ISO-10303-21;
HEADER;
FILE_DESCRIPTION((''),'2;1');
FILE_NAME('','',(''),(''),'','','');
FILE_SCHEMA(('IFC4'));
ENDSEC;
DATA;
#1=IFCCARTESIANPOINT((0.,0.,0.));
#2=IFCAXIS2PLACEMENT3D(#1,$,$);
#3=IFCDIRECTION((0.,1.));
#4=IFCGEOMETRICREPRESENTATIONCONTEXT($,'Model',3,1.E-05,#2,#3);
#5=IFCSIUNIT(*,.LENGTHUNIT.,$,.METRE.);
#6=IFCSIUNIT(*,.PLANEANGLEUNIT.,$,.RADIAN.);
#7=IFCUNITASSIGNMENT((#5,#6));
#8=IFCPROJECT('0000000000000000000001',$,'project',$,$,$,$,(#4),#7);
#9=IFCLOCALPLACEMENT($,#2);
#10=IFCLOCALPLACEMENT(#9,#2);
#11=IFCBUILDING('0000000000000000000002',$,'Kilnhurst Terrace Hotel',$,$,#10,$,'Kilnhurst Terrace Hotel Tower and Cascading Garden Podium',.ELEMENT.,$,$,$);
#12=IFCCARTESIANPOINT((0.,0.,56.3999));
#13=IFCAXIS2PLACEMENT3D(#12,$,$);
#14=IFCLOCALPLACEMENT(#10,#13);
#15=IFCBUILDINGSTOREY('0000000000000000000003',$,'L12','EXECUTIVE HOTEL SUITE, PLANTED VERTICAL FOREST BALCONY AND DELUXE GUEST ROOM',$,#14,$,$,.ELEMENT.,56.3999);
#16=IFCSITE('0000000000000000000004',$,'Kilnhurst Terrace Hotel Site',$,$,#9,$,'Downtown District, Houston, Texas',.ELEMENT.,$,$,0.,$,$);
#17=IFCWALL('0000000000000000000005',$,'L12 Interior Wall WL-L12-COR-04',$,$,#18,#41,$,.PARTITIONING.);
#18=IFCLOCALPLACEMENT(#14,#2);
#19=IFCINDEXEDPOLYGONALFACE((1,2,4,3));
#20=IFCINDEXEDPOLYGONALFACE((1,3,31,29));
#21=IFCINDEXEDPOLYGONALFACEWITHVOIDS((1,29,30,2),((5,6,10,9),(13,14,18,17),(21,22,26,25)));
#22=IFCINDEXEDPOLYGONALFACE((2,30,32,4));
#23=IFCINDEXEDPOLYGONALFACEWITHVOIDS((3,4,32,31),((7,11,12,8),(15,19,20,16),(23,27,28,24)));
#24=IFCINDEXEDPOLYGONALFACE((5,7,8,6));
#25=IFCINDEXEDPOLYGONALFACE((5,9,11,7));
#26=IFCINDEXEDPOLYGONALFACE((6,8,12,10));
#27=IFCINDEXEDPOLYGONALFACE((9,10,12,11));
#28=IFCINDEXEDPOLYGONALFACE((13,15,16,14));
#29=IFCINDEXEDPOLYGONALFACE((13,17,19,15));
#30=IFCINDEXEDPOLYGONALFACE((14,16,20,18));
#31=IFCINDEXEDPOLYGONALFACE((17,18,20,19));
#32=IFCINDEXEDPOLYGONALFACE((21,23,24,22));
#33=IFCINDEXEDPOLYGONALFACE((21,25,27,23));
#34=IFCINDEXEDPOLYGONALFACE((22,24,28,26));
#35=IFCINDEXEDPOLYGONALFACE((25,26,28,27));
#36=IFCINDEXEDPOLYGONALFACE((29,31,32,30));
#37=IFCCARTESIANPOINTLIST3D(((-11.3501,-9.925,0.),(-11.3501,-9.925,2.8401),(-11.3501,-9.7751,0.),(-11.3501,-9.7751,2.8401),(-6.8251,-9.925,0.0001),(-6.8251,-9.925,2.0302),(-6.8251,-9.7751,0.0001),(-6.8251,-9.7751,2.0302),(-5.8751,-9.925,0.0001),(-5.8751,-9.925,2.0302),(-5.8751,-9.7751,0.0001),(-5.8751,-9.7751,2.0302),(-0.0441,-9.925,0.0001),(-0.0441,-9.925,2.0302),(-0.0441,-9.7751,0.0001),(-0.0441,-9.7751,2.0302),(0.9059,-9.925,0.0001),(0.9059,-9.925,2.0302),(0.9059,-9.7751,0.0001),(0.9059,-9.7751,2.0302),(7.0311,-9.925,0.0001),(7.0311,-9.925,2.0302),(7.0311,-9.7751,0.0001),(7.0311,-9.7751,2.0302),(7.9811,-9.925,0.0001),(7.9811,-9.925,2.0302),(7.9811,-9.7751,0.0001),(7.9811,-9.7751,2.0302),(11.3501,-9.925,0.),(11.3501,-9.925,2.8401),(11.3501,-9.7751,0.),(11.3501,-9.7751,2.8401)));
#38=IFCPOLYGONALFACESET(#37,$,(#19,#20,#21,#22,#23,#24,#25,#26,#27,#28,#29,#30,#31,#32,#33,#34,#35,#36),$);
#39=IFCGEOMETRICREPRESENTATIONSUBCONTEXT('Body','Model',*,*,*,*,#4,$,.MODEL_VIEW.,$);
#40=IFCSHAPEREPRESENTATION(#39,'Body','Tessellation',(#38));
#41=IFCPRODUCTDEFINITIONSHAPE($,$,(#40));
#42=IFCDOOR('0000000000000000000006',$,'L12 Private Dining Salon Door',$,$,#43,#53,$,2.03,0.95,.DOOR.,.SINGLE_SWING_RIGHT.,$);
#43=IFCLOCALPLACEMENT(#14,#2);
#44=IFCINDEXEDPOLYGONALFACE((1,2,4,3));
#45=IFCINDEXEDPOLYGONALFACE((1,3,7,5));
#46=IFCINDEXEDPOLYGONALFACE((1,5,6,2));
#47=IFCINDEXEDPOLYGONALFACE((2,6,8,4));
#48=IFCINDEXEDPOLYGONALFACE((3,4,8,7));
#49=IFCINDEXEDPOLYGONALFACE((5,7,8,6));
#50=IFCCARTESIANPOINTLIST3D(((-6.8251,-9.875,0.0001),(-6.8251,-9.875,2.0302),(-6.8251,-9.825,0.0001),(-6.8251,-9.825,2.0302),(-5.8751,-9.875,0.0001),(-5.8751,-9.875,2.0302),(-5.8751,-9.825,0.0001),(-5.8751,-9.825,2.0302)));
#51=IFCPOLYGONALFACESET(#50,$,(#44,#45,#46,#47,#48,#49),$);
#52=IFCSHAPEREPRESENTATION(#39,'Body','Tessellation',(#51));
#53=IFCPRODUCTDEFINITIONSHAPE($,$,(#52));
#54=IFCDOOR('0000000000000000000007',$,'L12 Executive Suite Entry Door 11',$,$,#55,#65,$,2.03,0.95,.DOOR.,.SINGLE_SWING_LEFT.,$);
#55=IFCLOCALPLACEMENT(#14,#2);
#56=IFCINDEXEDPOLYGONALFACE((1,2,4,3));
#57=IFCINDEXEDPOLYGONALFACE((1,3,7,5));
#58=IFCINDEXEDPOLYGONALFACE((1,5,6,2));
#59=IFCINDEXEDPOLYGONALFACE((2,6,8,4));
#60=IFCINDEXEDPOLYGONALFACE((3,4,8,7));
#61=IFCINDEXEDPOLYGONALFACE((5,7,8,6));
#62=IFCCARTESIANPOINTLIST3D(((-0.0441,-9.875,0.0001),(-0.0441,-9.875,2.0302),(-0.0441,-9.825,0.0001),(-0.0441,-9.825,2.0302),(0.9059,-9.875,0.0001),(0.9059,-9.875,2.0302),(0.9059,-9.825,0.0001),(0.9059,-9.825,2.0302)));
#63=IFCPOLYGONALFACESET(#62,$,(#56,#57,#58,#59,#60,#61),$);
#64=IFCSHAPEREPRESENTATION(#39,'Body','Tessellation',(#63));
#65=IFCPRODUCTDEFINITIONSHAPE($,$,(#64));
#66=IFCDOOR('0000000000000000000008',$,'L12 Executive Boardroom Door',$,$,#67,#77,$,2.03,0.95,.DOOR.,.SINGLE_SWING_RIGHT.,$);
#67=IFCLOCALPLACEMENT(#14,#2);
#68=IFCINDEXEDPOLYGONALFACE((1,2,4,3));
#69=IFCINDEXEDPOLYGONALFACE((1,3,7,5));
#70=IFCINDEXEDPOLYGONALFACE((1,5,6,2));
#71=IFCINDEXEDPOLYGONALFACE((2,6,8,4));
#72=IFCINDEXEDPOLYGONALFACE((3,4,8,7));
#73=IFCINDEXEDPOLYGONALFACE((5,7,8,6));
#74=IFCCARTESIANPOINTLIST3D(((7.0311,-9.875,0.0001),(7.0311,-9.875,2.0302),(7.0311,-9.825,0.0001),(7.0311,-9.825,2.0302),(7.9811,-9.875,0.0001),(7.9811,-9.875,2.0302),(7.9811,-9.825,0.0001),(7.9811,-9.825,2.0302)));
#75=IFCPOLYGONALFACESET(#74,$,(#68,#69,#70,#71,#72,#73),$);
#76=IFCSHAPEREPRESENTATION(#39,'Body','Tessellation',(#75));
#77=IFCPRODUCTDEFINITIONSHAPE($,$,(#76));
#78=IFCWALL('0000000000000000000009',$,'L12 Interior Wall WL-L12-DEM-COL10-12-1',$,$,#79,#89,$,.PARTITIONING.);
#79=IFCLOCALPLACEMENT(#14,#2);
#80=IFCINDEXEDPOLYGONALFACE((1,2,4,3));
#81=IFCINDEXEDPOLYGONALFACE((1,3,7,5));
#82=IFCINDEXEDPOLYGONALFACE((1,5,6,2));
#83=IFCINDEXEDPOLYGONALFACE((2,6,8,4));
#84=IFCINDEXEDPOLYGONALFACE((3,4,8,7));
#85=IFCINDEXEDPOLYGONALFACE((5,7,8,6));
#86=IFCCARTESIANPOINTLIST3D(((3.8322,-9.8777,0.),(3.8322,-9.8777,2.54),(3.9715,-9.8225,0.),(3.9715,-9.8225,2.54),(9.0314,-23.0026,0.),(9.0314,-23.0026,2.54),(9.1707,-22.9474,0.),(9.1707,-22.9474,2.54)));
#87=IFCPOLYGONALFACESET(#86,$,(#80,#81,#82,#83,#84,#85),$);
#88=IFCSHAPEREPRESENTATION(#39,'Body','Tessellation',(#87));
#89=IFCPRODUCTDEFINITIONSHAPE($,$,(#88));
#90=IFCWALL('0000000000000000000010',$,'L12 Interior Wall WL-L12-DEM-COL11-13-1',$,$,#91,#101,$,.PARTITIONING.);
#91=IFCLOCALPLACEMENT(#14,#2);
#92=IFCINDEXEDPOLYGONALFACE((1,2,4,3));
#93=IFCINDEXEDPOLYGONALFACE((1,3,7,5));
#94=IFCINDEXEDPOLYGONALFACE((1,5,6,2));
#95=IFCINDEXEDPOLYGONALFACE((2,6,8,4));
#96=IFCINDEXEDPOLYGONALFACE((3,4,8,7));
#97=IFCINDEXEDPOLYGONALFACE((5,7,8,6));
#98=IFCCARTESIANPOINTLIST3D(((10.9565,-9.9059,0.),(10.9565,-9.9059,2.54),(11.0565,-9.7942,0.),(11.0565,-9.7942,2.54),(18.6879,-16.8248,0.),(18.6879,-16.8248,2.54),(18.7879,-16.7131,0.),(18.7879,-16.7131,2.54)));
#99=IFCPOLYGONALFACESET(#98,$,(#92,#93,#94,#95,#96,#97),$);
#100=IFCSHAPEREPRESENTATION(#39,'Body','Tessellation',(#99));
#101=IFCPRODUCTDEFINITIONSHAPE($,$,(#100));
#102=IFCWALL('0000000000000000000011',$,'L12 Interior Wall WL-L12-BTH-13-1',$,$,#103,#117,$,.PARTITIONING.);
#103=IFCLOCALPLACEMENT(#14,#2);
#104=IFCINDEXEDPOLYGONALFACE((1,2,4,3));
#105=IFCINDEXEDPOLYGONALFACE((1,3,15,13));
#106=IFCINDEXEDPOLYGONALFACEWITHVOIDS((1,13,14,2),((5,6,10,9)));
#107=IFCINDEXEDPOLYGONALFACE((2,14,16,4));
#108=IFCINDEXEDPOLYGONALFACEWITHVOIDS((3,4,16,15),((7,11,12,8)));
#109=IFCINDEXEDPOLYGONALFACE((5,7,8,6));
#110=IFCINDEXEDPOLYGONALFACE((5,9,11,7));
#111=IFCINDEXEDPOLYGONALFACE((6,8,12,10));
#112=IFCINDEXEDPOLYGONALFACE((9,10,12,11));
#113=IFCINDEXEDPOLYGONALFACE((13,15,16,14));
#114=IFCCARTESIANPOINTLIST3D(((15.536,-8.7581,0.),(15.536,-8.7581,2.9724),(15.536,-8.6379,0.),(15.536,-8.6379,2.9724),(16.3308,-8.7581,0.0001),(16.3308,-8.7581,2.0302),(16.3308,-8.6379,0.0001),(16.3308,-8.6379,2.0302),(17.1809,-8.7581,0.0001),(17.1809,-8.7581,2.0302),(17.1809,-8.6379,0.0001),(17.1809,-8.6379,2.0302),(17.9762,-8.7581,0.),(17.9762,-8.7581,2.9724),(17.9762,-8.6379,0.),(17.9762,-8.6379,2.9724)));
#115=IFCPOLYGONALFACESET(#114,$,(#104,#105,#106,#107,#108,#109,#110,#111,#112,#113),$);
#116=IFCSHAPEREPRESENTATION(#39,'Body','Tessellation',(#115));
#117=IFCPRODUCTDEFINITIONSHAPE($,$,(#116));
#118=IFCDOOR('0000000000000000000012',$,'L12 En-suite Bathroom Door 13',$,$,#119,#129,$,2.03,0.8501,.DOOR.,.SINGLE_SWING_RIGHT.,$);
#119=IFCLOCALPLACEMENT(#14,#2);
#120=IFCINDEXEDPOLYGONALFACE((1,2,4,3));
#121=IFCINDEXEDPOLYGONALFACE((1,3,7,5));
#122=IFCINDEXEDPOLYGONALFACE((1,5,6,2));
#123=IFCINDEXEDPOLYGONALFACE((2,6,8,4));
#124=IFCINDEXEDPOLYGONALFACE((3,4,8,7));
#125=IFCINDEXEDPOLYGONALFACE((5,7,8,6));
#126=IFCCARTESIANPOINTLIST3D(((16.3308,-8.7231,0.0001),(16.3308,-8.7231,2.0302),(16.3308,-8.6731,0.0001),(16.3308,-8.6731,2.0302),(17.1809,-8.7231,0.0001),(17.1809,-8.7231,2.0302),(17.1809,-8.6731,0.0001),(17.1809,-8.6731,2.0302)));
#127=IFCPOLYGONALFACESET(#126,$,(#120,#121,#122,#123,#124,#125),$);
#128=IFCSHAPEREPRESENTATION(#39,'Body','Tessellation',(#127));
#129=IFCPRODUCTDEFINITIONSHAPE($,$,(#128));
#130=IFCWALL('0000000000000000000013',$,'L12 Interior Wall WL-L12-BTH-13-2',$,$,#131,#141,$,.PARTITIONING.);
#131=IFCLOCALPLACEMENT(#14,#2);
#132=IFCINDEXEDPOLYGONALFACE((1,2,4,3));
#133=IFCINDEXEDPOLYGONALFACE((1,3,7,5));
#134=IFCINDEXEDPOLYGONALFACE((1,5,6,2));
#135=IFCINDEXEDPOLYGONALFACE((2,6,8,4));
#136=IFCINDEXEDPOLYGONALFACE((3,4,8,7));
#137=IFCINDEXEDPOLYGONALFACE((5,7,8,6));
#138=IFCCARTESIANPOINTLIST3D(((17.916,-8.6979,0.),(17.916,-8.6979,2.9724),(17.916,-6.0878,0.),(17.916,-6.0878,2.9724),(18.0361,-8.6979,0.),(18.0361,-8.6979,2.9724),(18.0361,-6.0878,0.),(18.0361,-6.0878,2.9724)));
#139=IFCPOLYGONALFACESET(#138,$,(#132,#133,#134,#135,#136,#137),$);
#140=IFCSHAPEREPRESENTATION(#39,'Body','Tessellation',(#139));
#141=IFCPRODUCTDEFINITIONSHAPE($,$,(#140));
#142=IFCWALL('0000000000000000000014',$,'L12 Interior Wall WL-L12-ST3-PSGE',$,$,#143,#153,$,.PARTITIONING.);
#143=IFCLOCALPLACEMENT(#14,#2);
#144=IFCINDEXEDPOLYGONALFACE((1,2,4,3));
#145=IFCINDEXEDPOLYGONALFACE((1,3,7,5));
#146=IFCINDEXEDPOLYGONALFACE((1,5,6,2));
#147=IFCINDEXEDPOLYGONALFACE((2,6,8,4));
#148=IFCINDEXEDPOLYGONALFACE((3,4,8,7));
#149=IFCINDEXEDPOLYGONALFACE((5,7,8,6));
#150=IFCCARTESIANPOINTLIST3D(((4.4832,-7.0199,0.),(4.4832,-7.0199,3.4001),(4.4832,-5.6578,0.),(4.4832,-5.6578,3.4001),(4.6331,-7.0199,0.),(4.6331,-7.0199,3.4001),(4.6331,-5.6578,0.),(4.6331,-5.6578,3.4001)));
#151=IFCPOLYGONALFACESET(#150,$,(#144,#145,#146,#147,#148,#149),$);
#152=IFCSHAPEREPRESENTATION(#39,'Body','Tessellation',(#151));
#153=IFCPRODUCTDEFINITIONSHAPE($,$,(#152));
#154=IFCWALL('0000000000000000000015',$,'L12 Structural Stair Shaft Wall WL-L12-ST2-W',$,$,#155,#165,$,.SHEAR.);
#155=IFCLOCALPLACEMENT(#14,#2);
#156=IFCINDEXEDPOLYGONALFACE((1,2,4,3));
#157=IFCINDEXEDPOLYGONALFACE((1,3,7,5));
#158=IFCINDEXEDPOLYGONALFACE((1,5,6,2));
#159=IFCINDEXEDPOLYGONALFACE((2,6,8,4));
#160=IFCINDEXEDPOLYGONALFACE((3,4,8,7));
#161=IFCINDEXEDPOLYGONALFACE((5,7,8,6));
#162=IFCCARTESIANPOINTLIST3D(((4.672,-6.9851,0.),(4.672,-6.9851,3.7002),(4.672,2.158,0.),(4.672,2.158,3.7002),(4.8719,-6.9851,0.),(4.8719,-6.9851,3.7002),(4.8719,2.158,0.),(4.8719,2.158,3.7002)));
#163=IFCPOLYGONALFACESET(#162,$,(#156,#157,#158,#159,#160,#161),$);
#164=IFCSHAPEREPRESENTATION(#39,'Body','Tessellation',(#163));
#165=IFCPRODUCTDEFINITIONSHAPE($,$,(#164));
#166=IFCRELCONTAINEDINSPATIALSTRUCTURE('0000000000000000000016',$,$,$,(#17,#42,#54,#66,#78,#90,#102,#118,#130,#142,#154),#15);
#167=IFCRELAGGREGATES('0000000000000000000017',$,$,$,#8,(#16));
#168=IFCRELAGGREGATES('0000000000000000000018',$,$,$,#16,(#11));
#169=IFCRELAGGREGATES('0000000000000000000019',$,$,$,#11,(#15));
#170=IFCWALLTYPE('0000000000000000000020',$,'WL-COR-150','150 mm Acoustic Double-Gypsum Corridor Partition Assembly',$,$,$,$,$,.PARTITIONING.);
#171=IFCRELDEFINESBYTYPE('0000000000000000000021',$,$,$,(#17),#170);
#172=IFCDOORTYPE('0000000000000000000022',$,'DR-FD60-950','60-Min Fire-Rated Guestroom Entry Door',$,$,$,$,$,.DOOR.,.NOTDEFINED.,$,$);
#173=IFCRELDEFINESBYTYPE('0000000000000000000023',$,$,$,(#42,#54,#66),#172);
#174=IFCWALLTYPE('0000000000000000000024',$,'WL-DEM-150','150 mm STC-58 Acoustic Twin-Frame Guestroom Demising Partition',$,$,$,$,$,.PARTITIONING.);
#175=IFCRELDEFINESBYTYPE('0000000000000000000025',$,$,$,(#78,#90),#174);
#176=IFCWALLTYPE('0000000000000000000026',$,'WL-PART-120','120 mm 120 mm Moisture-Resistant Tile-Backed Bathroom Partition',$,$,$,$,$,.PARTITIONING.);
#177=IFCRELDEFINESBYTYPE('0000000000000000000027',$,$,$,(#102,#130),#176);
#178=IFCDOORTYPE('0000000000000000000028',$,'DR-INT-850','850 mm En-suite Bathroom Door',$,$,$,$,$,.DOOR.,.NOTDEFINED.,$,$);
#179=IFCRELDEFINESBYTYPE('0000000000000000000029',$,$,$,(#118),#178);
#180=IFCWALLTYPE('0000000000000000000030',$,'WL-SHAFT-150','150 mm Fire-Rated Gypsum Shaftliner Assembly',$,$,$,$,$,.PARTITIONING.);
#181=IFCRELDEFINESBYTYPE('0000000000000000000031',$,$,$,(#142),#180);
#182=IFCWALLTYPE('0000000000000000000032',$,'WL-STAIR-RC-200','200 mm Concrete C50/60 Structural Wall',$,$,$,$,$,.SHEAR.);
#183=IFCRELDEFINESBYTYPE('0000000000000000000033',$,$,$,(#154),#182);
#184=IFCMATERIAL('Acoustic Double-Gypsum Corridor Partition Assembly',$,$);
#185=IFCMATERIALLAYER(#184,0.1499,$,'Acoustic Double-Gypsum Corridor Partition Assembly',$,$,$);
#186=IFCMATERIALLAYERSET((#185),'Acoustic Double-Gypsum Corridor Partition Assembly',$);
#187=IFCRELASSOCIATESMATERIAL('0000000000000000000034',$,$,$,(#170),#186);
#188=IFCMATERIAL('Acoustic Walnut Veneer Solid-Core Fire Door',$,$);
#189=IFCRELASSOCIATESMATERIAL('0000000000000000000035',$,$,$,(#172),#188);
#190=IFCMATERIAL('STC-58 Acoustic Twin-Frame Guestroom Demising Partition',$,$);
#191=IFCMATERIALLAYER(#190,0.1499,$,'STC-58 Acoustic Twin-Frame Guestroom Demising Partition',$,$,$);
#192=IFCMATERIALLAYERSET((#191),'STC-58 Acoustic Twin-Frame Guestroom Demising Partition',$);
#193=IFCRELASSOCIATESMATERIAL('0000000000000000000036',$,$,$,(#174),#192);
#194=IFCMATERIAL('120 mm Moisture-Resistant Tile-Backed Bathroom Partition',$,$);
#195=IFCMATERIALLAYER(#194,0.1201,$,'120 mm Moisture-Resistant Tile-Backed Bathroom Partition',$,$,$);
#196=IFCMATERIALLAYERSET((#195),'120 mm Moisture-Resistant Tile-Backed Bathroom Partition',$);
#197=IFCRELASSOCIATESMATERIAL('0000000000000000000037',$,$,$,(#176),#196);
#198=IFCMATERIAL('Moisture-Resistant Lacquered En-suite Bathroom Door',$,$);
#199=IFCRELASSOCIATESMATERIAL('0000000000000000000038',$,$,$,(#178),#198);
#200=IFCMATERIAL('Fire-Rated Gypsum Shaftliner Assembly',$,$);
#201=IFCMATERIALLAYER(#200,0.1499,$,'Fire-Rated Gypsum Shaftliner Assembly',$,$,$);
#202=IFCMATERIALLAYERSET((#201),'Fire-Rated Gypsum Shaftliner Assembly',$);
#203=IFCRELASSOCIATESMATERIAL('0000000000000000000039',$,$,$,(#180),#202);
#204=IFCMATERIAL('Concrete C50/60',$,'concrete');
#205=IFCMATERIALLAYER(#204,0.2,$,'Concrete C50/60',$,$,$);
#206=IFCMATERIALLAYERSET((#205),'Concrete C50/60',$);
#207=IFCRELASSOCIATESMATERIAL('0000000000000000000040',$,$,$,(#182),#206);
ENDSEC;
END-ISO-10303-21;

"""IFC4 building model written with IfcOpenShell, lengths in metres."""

from ifc_helpers import new_model, si_unit, direction, frame, frame_2d, origin, place, context, subcontext, project, spatial, rectangle, extrude, material, layer, layer_set, type_object, element, fill, save


model = new_model("IFC4")

# Units and contexts
model_context = context("Model", 3, precision=1e-05, world=origin(), true_north=direction((0.0, 1.0)))
body_context = subcontext(model_context, "Body", "Model", "MODEL_VIEW")
ifc_project = project(units=[si_unit("LENGTHUNIT", "METRE"), si_unit("PLANEANGLEUNIT", "RADIAN")], contexts=[model_context])

# Site, building, storey
site_placement = place(None, origin())
site = spatial("IfcSite", under=ifc_project, at=site_placement, Name="Kilnhurst Terrace Hotel Site", LongName="Downtown District, Houston, Texas", CompositionType="ELEMENT", RefElevation=0.0)
building_placement = place(site_placement, origin())
building = spatial("IfcBuilding", under=site, at=building_placement, Name="Kilnhurst Terrace Hotel", LongName="Kilnhurst Terrace Hotel Tower and Cascading Garden Podium", CompositionType="ELEMENT")
storey_placement = place(building_placement, frame((0.0, 0.0, 56.3999)))
storey = spatial("IfcBuildingStorey", under=building, at=storey_placement, Name="L12", Description="EXECUTIVE HOTEL SUITE, PLANTED VERTICAL FOREST BALCONY AND DELUXE GUEST ROOM", CompositionType="ELEMENT", Elevation=56.3999)

# Shared definitions
ifc_material_1 = material(Name="Concrete C50/60", Category="concrete")

# Wall, openings, doors
ifc_material_2 = material(Name="Acoustic Double-Gypsum Corridor Partition Assembly")
ifc_layer_1 = layer(ifc_material_2, 0.1499, Name="Acoustic Double-Gypsum Corridor Partition Assembly")
ifc_layer_set_1 = layer_set([ifc_layer_1], Name="Acoustic Double-Gypsum Corridor Partition Assembly")
wall_type_1 = type_object("IfcWallType", Name="WL-COR-150", Description="150 mm Acoustic Double-Gypsum Corridor Partition Assembly", PredefinedType="PARTITIONING", material=ifc_layer_set_1)
wall_1_placement = place(storey_placement, frame((11.3501, -9.8501, 0.0), z_axis=(0.0, 0.0, 1.0), x_axis=(-1.0, 0.0, 0.0)))
wall_1 = element("IfcWall", 1, at=wall_1_placement, inside=storey, type_object=wall_type_1, Name="L12 Interior Wall WL-L12-COR-04", PredefinedType="PARTITIONING", context=body_context, shape_type="SweptSolid", body=[
    extrude(rectangle(XDim=22.7002, YDim=0.1499, at=frame_2d((11.3501, 0.0))), origin(), (0.0, 0.0, 1.0), 2.8401),
])
opening_1_placement = place(wall_1_placement, frame((17.2251, 0.0, 0.0)))
opening_1 = element("IfcOpeningElement", 2, at=opening_1_placement, cuts=wall_1, PredefinedType="OPENING", context=body_context, shape_type="SweptSolid", body=[
    extrude(rectangle(XDim=0.95, YDim=2.03, at=frame_2d((0.4751, 1.0151))), frame((0.0, 0.085, 0.0), z_axis=(0.0, -1.0, 0.0), x_axis=(1.0, 0.0, 0.0)), (0.0, 0.0, 1.0), 0.1699),
])
opening_2_placement = place(wall_1_placement, frame((10.4441, 0.0, 0.0)))
opening_2 = element("IfcOpeningElement", 3, at=opening_2_placement, cuts=wall_1, PredefinedType="OPENING", context=body_context, shape_type="SweptSolid", body=[
    extrude(rectangle(XDim=0.95, YDim=2.03, at=frame_2d((0.4751, 1.0151))), frame((0.0, 0.085, 0.0), z_axis=(0.0, -1.0, 0.0), x_axis=(1.0, 0.0, 0.0)), (0.0, 0.0, 1.0), 0.1699),
])
opening_3_placement = place(wall_1_placement, frame((3.3689, 0.0, 0.0)))
opening_3 = element("IfcOpeningElement", 4, at=opening_3_placement, cuts=wall_1, PredefinedType="OPENING", context=body_context, shape_type="SweptSolid", body=[
    extrude(rectangle(XDim=0.95, YDim=2.03, at=frame_2d((0.4751, 1.0151))), frame((0.0, 0.085, 0.0), z_axis=(0.0, -1.0, 0.0), x_axis=(1.0, 0.0, 0.0)), (0.0, 0.0, 1.0), 0.1699),
])
ifc_material_3 = material(Name="Acoustic Walnut Veneer Solid-Core Fire Door")
door_type_1 = type_object("IfcDoorType", Name="DR-FD60-950", Description="60-Min Fire-Rated Guestroom Entry Door", OperationType="NOTDEFINED", PredefinedType="DOOR", material=ifc_material_3)
door_1_placement = place(opening_1_placement, origin())
door_1 = element("IfcDoor", 5, at=door_1_placement, inside=storey, type_object=door_type_1, Name="L12 Private Dining Salon Door", OperationType="SINGLE_SWING_RIGHT", OverallHeight=2.03, OverallWidth=0.95, PredefinedType="DOOR", context=body_context, shape_type="SweptSolid", body=[
    extrude(rectangle(XDim=0.95, YDim=2.03, at=frame_2d((0.4751, 1.0151))), frame((0.0, 0.0249, 0.0), z_axis=(0.0, -1.0, 0.0), x_axis=(1.0, 0.0, 0.0)), (0.0, 0.0, 1.0), 0.05),
])
fill(opening_1, door_1)
door_2_placement = place(opening_2_placement, origin())
door_2 = element("IfcDoor", 6, at=door_2_placement, inside=storey, type_object=door_type_1, Name="L12 Executive Suite Entry Door 11", OperationType="SINGLE_SWING_LEFT", OverallHeight=2.03, OverallWidth=0.95, PredefinedType="DOOR", context=body_context, shape_type="SweptSolid", body=[
    extrude(rectangle(XDim=0.95, YDim=2.03, at=frame_2d((0.4751, 1.0151))), frame((0.0, 0.0249, 0.0), z_axis=(0.0, -1.0, 0.0), x_axis=(1.0, 0.0, 0.0)), (0.0, 0.0, 1.0), 0.05),
])
fill(opening_2, door_2)
door_3_placement = place(opening_3_placement, origin())
door_3 = element("IfcDoor", 7, at=door_3_placement, inside=storey, type_object=door_type_1, Name="L12 Executive Boardroom Door", OperationType="SINGLE_SWING_RIGHT", OverallHeight=2.03, OverallWidth=0.95, PredefinedType="DOOR", context=body_context, shape_type="SweptSolid", body=[
    extrude(rectangle(XDim=0.95, YDim=2.03, at=frame_2d((0.4751, 1.0151))), frame((0.0, 0.0249, 0.0), z_axis=(0.0, -1.0, 0.0), x_axis=(1.0, 0.0, 0.0)), (0.0, 0.0, 1.0), 0.05),
])
fill(opening_3, door_3)

# Walls
ifc_material_4 = material(Name="STC-58 Acoustic Twin-Frame Guestroom Demising Partition")
ifc_layer_2 = layer(ifc_material_4, 0.1499, Name="STC-58 Acoustic Twin-Frame Guestroom Demising Partition")
ifc_layer_set_2 = layer_set([ifc_layer_2], Name="STC-58 Acoustic Twin-Frame Guestroom Demising Partition")
wall_type_2 = type_object("IfcWallType", Name="WL-DEM-150", Description="150 mm STC-58 Acoustic Twin-Frame Guestroom Demising Partition", PredefinedType="PARTITIONING", material=ifc_layer_set_2)
wall_2_placement = place(storey_placement, frame((3.9019, -9.8501, 0.0), z_axis=(0.0, 0.0, 1.0), x_axis=(0.368288, -0.929712, 0.0)))
element("IfcWall", 8, at=wall_2_placement, inside=storey, type_object=wall_type_2, Name="L12 Interior Wall WL-L12-DEM-COL10-12-1", PredefinedType="PARTITIONING", context=body_context, shape_type="SweptSolid", body=[
    extrude(rectangle(XDim=14.1172, YDim=0.1499, at=frame_2d((7.0586, 0.0))), origin(), (0.0, 0.0, 1.0), 2.54),
])
wall_3_placement = place(storey_placement, frame((11.0066, -9.8501, 0.0), z_axis=(0.0, 0.0, 1.0), x_axis=(0.745177, -0.666866, 0.0)))
element("IfcWall", 9, at=wall_3_placement, inside=storey, type_object=wall_type_2, Name="L12 Interior Wall WL-L12-DEM-COL11-13-1", PredefinedType="PARTITIONING", context=body_context, shape_type="SweptSolid", body=[
    extrude(rectangle(XDim=10.3752, YDim=0.1499, at=frame_2d((5.1875, 0.0))), origin(), (0.0, 0.0, 1.0), 2.54),
])

# Wall, opening, door
ifc_material_5 = material(Name="120 mm Moisture-Resistant Tile-Backed Bathroom Partition")
ifc_layer_3 = layer(ifc_material_5, 0.1201, Name="120 mm Moisture-Resistant Tile-Backed Bathroom Partition")
ifc_layer_set_3 = layer_set([ifc_layer_3], Name="120 mm Moisture-Resistant Tile-Backed Bathroom Partition")
wall_type_3 = type_object("IfcWallType", Name="WL-PART-120", Description="120 mm 120 mm Moisture-Resistant Tile-Backed Bathroom Partition", PredefinedType="PARTITIONING", material=ifc_layer_set_3)
wall_4_placement = place(storey_placement, frame((15.5359, -8.698, 0.0), z_axis=(0.0, 0.0, 1.0), x_axis=(1.0, 0.0, 0.0)))
wall_4 = element("IfcWall", 10, at=wall_4_placement, inside=storey, type_object=wall_type_3, Name="L12 Interior Wall WL-L12-BTH-13-1", PredefinedType="PARTITIONING", context=body_context, shape_type="SweptSolid", body=[
    extrude(rectangle(XDim=2.4402, YDim=0.1201, at=frame_2d((1.2202, 0.0))), origin(), (0.0, 0.0, 1.0), 2.9724),
])
opening_4_placement = place(wall_4_placement, frame((0.7949, 0.0, 0.0)))
opening_4 = element("IfcOpeningElement", 11, at=opening_4_placement, cuts=wall_4, PredefinedType="OPENING", context=body_context, shape_type="SweptSolid", body=[
    extrude(rectangle(XDim=0.8501, YDim=2.03, at=frame_2d((0.425, 1.0151))), frame((0.0, 0.0701, 0.0), z_axis=(0.0, -1.0, 0.0), x_axis=(1.0, 0.0, 0.0)), (0.0, 0.0, 1.0), 0.1401),
])
ifc_material_6 = material(Name="Moisture-Resistant Lacquered En-suite Bathroom Door")
door_type_2 = type_object("IfcDoorType", Name="DR-INT-850", Description="850 mm En-suite Bathroom Door", OperationType="NOTDEFINED", PredefinedType="DOOR", material=ifc_material_6)
door_4_placement = place(opening_4_placement, origin())
door_4 = element("IfcDoor", 12, at=door_4_placement, inside=storey, type_object=door_type_2, Name="L12 En-suite Bathroom Door 13", OperationType="SINGLE_SWING_RIGHT", OverallHeight=2.03, OverallWidth=0.8501, PredefinedType="DOOR", context=body_context, shape_type="SweptSolid", body=[
    extrude(rectangle(XDim=0.8501, YDim=2.03, at=frame_2d((0.425, 1.0151))), frame((0.0, 0.0249, 0.0), z_axis=(0.0, -1.0, 0.0), x_axis=(1.0, 0.0, 0.0)), (0.0, 0.0, 1.0), 0.05),
])
fill(opening_4, door_4)

# Walls
wall_5_placement = place(storey_placement, frame((17.9761, -8.698, 0.0), z_axis=(0.0, 0.0, 1.0), x_axis=(0.0, 1.0, 0.0)))
element("IfcWall", 13, at=wall_5_placement, inside=storey, type_object=wall_type_3, Name="L12 Interior Wall WL-L12-BTH-13-2", PredefinedType="PARTITIONING", context=body_context, shape_type="SweptSolid", body=[
    extrude(rectangle(XDim=2.6101, YDim=0.1201, at=frame_2d((1.3052, 0.0))), origin(), (0.0, 0.0, 1.0), 2.9724),
])
ifc_material_7 = material(Name="Fire-Rated Gypsum Shaftliner Assembly")
ifc_layer_4 = layer(ifc_material_7, 0.1499, Name="Fire-Rated Gypsum Shaftliner Assembly")
ifc_layer_set_4 = layer_set([ifc_layer_4], Name="Fire-Rated Gypsum Shaftliner Assembly")
wall_type_4 = type_object("IfcWallType", Name="WL-SHAFT-150", Description="150 mm Fire-Rated Gypsum Shaftliner Assembly", PredefinedType="PARTITIONING", material=ifc_layer_set_4)
wall_6_placement = place(storey_placement, frame((4.5581, -7.02, 0.0), z_axis=(0.0, 0.0, 1.0), x_axis=(0.0, 1.0, 0.0)))
element("IfcWall", 14, at=wall_6_placement, inside=storey, type_object=wall_type_4, Name="L12 Interior Wall WL-L12-ST3-PSGE", PredefinedType="PARTITIONING", context=body_context, shape_type="SweptSolid", body=[
    extrude(rectangle(XDim=1.3621, YDim=0.1499, at=frame_2d((0.6812, 0.0))), origin(), (0.0, 0.0, 1.0), 3.4001),
])
ifc_layer_5 = layer(ifc_material_1, 0.2, Name="Concrete C50/60")
ifc_layer_set_5 = layer_set([ifc_layer_5], Name="Concrete C50/60")
wall_type_5 = type_object("IfcWallType", Name="WL-STAIR-RC-200", Description="200 mm Concrete C50/60 Structural Wall", PredefinedType="SHEAR", material=ifc_layer_set_5)
wall_7_placement = place(storey_placement, frame((4.772, -6.9851, 0.0), z_axis=(0.0, 0.0, 1.0), x_axis=(0.0, 1.0, 0.0)))
element("IfcWall", 15, at=wall_7_placement, inside=storey, type_object=wall_type_5, Name="L12 Structural Stair Shaft Wall WL-L12-ST2-W", PredefinedType="SHEAR", context=body_context, shape_type="SweptSolid", body=[
    extrude(rectangle(XDim=9.1431, YDim=0.2, at=frame_2d((4.5715, 0.0))), origin(), (0.0, 0.0, 1.0), 3.7002),
])

save(model, "model.ifc")
